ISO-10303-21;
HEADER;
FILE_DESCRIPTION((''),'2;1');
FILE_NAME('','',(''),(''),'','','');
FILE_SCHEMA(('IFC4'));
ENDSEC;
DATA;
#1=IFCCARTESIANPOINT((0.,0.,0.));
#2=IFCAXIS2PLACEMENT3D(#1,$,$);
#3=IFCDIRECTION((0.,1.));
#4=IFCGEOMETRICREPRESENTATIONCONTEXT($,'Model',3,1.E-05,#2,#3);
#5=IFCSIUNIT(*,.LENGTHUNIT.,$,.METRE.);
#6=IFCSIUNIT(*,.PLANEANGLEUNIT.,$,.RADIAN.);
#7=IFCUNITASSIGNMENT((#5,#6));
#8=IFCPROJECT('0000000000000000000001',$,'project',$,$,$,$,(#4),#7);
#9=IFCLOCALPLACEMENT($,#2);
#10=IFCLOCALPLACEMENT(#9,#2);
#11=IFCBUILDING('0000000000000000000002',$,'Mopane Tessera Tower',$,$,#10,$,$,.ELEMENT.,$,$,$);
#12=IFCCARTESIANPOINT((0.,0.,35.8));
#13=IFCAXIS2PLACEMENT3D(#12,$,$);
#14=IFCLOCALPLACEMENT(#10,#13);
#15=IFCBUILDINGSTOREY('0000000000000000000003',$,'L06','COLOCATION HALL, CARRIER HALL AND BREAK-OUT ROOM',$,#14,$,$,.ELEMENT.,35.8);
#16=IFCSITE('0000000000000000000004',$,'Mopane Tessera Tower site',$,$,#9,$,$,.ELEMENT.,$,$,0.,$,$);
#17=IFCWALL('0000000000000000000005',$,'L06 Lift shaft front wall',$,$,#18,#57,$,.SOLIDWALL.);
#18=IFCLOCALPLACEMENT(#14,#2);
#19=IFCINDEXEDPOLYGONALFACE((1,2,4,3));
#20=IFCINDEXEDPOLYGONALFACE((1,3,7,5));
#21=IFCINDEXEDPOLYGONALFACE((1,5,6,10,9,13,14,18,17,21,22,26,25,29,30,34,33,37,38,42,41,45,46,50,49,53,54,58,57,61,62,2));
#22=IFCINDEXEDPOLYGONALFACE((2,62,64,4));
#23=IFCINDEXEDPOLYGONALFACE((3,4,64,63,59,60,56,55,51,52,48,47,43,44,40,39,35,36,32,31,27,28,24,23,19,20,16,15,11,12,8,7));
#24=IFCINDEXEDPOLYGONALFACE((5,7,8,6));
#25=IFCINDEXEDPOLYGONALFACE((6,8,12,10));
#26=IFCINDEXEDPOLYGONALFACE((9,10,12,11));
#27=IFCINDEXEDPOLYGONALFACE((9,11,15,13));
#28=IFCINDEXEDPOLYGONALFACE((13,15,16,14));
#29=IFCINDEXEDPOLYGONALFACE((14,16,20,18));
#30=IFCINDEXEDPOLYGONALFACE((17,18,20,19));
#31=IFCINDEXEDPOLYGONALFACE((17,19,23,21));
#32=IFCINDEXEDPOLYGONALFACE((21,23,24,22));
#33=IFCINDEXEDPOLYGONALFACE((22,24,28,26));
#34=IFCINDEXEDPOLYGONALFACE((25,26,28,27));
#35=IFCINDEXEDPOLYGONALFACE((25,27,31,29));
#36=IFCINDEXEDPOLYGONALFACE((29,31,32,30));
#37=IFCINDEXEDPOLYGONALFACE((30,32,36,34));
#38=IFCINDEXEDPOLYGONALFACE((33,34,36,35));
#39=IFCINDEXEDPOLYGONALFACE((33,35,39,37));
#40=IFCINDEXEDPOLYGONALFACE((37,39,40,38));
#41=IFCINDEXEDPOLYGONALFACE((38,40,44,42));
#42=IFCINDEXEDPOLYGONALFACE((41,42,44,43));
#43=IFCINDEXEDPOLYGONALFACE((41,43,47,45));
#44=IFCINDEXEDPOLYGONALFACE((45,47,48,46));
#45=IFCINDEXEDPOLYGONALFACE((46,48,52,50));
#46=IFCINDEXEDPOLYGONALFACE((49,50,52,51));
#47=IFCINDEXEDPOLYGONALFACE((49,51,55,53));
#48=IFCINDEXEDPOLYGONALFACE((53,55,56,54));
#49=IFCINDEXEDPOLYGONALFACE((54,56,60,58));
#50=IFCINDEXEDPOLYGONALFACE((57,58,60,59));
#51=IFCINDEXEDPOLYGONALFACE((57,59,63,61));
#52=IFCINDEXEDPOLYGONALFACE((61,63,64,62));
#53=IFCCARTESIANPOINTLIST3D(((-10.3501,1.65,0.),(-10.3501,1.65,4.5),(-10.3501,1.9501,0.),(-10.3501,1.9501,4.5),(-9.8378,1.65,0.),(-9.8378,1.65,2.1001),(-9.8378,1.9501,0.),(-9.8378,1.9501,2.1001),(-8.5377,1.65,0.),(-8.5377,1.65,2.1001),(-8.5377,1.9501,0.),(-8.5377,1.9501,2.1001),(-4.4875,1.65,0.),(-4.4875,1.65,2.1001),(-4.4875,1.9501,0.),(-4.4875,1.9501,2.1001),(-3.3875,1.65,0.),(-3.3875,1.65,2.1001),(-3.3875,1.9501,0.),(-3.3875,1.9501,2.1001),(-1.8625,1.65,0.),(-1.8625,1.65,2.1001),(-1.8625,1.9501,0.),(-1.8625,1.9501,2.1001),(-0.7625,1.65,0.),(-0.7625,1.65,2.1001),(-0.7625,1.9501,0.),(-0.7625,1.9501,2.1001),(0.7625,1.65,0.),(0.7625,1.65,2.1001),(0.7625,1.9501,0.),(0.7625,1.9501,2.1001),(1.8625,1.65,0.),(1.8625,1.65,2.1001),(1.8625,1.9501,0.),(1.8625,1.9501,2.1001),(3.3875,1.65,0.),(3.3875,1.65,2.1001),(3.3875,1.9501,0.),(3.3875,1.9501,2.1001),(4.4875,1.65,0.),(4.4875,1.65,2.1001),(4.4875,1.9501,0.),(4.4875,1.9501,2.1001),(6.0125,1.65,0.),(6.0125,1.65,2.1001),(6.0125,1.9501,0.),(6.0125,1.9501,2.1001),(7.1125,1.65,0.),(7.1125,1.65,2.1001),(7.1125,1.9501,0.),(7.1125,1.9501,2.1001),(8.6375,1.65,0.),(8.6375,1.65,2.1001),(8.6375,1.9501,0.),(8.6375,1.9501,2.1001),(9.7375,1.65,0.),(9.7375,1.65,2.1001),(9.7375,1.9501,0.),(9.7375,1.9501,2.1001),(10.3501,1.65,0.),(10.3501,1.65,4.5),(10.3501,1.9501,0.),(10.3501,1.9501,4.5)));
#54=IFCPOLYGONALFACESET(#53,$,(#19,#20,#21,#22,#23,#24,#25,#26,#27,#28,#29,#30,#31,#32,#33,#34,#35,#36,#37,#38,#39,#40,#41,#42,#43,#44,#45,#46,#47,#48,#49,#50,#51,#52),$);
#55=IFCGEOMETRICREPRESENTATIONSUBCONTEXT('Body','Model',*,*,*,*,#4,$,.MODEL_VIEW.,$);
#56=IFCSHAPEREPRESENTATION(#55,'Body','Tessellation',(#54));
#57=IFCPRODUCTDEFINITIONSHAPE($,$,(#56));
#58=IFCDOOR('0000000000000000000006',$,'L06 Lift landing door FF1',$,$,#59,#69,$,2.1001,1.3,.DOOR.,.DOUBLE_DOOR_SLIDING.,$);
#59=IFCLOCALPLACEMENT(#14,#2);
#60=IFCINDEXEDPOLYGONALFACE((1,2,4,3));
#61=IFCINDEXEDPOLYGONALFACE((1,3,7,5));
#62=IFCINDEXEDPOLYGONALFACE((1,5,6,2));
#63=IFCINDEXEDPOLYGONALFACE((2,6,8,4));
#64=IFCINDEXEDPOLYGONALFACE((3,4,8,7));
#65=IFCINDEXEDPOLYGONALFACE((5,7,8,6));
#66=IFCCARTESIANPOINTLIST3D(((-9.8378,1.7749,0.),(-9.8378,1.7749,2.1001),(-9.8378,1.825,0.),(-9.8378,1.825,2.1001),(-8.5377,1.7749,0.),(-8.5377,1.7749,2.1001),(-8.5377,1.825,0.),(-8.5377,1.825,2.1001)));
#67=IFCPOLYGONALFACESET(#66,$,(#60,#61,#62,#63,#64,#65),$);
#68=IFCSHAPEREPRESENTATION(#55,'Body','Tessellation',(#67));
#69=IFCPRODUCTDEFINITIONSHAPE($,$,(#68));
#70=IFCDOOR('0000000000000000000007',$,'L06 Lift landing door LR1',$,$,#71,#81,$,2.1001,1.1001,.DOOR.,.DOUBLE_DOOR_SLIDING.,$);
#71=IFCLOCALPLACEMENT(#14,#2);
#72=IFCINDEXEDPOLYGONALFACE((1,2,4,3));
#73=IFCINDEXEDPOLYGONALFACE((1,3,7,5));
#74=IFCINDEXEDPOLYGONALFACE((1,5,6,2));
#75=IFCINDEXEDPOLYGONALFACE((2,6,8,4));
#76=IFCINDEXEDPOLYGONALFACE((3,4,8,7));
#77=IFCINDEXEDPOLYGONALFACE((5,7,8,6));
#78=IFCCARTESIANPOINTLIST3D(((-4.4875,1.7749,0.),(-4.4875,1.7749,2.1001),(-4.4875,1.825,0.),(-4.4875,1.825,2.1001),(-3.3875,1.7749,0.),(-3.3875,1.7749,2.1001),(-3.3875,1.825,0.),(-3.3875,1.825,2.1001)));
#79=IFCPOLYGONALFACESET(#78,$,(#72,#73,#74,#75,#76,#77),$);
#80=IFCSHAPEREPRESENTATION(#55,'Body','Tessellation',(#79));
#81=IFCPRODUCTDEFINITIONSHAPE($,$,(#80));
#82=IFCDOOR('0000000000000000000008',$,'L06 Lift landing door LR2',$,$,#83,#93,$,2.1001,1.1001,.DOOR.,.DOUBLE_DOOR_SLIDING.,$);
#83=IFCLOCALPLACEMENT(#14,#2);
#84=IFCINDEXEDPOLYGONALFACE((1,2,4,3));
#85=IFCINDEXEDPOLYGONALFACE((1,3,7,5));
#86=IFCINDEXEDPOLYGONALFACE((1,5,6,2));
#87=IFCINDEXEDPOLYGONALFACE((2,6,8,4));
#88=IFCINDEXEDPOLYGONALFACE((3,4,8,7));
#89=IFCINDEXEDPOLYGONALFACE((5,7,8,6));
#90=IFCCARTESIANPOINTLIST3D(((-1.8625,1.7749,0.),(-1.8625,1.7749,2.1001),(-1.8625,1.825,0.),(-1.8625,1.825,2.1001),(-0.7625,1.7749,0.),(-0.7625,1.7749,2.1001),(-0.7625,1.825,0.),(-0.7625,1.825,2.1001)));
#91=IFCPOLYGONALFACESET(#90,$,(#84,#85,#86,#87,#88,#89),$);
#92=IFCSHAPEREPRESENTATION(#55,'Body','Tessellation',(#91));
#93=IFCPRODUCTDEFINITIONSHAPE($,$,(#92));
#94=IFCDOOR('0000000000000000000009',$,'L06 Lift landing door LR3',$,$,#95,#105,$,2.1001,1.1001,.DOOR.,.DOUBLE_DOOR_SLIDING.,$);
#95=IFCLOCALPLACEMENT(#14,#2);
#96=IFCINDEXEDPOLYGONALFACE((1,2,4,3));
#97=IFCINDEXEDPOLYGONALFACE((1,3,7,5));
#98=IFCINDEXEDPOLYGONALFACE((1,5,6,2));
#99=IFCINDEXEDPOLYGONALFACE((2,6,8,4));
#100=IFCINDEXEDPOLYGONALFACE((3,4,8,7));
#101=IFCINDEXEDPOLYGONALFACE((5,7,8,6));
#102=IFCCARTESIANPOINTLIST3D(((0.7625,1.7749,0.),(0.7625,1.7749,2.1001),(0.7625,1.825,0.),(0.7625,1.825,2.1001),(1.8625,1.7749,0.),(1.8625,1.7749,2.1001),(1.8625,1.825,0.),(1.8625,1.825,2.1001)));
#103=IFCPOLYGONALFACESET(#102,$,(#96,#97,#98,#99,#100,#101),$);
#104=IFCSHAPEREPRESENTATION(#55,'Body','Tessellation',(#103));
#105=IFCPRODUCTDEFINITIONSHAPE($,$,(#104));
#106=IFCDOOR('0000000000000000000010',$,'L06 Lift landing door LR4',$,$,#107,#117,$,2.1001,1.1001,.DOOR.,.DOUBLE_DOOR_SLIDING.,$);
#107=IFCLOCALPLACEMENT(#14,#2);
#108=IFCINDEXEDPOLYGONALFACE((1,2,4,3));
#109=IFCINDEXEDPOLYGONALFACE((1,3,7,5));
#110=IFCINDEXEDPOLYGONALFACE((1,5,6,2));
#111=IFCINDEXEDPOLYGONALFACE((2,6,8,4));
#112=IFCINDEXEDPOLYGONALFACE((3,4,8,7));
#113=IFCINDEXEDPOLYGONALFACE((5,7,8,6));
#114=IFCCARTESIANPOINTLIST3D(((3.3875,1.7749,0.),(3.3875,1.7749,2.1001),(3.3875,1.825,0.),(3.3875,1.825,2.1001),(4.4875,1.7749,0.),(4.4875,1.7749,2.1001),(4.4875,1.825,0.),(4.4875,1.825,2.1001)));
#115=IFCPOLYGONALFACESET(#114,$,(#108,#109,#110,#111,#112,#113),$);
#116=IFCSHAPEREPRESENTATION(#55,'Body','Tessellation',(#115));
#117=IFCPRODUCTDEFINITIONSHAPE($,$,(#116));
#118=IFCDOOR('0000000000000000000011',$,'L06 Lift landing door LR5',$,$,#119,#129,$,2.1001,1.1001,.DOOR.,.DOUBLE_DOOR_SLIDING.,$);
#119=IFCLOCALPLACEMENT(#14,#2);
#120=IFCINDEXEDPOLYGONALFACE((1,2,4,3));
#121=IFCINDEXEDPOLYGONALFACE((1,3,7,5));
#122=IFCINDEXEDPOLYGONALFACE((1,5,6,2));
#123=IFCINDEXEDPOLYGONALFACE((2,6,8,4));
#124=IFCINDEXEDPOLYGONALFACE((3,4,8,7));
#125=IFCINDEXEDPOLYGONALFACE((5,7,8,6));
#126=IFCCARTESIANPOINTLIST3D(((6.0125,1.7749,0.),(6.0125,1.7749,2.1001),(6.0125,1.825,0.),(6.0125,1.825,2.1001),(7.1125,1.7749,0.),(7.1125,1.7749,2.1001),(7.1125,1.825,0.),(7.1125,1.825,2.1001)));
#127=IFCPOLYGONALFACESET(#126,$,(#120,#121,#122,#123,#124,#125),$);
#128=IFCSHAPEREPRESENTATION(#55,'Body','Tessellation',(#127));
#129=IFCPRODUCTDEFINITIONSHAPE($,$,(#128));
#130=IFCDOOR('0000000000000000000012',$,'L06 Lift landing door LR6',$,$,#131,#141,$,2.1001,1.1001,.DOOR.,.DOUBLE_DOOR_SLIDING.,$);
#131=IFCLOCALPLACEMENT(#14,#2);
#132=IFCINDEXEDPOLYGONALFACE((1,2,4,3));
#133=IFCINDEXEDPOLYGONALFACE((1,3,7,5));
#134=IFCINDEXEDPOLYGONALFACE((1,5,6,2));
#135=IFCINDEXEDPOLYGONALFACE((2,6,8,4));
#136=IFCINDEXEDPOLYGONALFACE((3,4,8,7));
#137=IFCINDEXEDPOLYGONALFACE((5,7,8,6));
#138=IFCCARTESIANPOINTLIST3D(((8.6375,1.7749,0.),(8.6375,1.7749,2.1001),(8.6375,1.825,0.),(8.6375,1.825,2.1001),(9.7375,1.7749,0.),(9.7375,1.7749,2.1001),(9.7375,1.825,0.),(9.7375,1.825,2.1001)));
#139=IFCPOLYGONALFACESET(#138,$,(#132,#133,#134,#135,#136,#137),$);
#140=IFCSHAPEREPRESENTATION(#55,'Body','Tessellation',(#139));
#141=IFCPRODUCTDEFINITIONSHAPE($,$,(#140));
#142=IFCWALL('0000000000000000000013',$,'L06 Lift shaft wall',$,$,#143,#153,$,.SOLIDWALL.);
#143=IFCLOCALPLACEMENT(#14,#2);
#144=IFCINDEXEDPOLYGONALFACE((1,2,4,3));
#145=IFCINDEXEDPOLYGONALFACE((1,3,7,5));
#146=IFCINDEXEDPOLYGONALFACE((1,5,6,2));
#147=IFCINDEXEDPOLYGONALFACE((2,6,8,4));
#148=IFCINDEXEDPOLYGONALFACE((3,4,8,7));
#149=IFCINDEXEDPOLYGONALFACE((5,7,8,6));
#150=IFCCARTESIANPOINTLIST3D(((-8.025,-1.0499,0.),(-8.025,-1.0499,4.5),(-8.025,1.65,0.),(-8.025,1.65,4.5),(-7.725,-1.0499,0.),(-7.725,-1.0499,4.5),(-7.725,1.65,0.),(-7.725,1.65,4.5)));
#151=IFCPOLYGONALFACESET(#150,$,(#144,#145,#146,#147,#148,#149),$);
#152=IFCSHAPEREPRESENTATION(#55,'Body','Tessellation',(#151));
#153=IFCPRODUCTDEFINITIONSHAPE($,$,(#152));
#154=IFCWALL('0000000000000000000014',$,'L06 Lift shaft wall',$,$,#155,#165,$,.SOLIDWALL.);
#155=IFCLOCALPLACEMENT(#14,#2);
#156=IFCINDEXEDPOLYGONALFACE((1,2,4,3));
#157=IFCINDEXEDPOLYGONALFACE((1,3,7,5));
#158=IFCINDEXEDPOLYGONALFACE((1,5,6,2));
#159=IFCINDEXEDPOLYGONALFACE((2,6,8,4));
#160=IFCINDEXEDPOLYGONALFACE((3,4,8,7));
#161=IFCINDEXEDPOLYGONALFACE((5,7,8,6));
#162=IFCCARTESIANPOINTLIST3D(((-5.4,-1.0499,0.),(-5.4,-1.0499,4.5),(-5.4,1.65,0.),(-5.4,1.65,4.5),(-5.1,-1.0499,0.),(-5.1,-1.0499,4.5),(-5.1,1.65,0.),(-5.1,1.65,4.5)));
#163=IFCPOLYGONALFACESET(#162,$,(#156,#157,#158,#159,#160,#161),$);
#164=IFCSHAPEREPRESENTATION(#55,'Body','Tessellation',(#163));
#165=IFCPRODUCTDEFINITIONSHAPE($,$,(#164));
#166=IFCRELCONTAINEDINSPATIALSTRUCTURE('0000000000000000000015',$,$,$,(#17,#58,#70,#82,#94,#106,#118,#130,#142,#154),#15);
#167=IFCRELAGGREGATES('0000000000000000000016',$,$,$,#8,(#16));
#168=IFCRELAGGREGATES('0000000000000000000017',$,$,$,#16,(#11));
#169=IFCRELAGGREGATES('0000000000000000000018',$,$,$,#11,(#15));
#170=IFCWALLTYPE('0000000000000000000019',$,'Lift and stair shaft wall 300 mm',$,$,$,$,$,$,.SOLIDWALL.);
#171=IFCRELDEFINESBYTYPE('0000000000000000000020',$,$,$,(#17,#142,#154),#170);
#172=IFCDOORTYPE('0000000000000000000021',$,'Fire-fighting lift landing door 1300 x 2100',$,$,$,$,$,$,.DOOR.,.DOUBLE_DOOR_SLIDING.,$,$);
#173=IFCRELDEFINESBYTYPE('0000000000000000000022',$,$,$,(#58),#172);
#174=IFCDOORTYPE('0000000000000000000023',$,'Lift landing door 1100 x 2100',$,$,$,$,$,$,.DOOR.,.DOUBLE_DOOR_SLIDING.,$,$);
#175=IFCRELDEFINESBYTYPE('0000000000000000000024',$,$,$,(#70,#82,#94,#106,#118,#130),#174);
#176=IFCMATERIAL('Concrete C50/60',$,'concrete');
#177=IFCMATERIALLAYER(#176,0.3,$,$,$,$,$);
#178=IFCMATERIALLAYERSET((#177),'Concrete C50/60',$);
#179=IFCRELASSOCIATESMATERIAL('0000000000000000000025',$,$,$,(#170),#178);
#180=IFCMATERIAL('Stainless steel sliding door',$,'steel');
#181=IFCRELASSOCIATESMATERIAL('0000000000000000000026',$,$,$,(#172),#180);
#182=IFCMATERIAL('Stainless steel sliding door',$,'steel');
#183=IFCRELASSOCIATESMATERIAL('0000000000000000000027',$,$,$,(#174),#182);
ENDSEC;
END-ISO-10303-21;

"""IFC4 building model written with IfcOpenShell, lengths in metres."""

from ifc_helpers import new_model, si_unit, direction, frame, frame_2d, origin, place, context, subcontext, project, spatial, rectangle, extrude, material, layer, layer_set, type_object, element, fill, save


model = new_model("IFC4")

# Units and contexts
model_context = context("Model", 3, precision=1e-05, world=origin(), true_north=direction((0.0, 1.0)))
body_context = subcontext(model_context, "Body", "Model", "MODEL_VIEW")
ifc_project = project(units=[si_unit("LENGTHUNIT", "METRE"), si_unit("PLANEANGLEUNIT", "RADIAN")], contexts=[model_context])

# Site, building, storey
site_placement = place(None, origin())
site = spatial("IfcSite", under=ifc_project, at=site_placement, Name="Mopane Tessera Tower site", CompositionType="ELEMENT", RefElevation=0.0)
building_placement = place(site_placement, origin())
building = spatial("IfcBuilding", under=site, at=building_placement, Name="Mopane Tessera Tower", CompositionType="ELEMENT")
storey_placement = place(building_placement, frame((0.0, 0.0, 35.8)))
storey = spatial("IfcBuildingStorey", under=building, at=storey_placement, Name="L06", Description="COLOCATION HALL, CARRIER HALL AND BREAK-OUT ROOM", CompositionType="ELEMENT", Elevation=35.8)

# Shared definitions
ifc_material_1 = material(Name="Concrete C50/60", Category="concrete")
ifc_layer_1 = layer(ifc_material_1, 0.3)
ifc_layer_set_1 = layer_set([ifc_layer_1], Name="Concrete C50/60")
wall_type_1 = type_object("IfcWallType", Name="Lift and stair shaft wall 300 mm", PredefinedType="SOLIDWALL", material=ifc_layer_set_1)

# Wall, openings, doors
wall_1_placement = place(storey_placement, frame((-10.3501, 1.8, 0.0), z_axis=(0.0, 0.0, 1.0), x_axis=(1.0, 0.0, 0.0)))
wall_1 = element("IfcWall", 1, at=wall_1_placement, inside=storey, type_object=wall_type_1, Name="L06 Lift shaft front wall", PredefinedType="SOLIDWALL", context=body_context, shape_type="SweptSolid", body=[
    extrude(rectangle(XDim=20.7002, YDim=0.3, at=frame_2d((10.3501, 0.0))), origin(), (0.0, 0.0, 1.0), 4.5),
])
opening_1_placement = place(wall_1_placement, frame((0.5125, 0.0, 0.0)))
opening_1 = element("IfcOpeningElement", 2, at=opening_1_placement, cuts=wall_1, PredefinedType="OPENING", context=body_context, shape_type="SweptSolid", body=[
    extrude(rectangle(XDim=1.3, YDim=2.1001, at=frame_2d((0.6499, 1.05))), frame((0.0, 0.1621, 0.0), z_axis=(0.0, -1.0, 0.0), x_axis=(1.0, 0.0, 0.0)), (0.0, 0.0, 1.0), 0.324),
])
opening_2_placement = place(wall_1_placement, frame((5.8625, 0.0, 0.0)))
opening_2 = element("IfcOpeningElement", 3, at=opening_2_placement, cuts=wall_1, PredefinedType="OPENING", context=body_context, shape_type="SweptSolid", body=[
    extrude(rectangle(XDim=1.1001, YDim=2.1001, at=frame_2d((0.55, 1.05))), frame((0.0, 0.1621, 0.0), z_axis=(0.0, -1.0, 0.0), x_axis=(1.0, 0.0, 0.0)), (0.0, 0.0, 1.0), 0.324),
])
opening_3_placement = place(wall_1_placement, frame((8.4875, 0.0, 0.0)))
opening_3 = element("IfcOpeningElement", 4, at=opening_3_placement, cuts=wall_1, PredefinedType="OPENING", context=body_context, shape_type="SweptSolid", body=[
    extrude(rectangle(XDim=1.1001, YDim=2.1001, at=frame_2d((0.55, 1.05))), frame((0.0, 0.1621, 0.0), z_axis=(0.0, -1.0, 0.0), x_axis=(1.0, 0.0, 0.0)), (0.0, 0.0, 1.0), 0.324),
])
opening_4_placement = place(wall_1_placement, frame((11.1125, 0.0, 0.0)))
opening_4 = element("IfcOpeningElement", 5, at=opening_4_placement, cuts=wall_1, PredefinedType="OPENING", context=body_context, shape_type="SweptSolid", body=[
    extrude(rectangle(XDim=1.1001, YDim=2.1001, at=frame_2d((0.55, 1.05))), frame((0.0, 0.1621, 0.0), z_axis=(0.0, -1.0, 0.0), x_axis=(1.0, 0.0, 0.0)), (0.0, 0.0, 1.0), 0.324),
])
opening_5_placement = place(wall_1_placement, frame((13.7375, 0.0, 0.0)))
opening_5 = element("IfcOpeningElement", 6, at=opening_5_placement, cuts=wall_1, PredefinedType="OPENING", context=body_context, shape_type="SweptSolid", body=[
    extrude(rectangle(XDim=1.1001, YDim=2.1001, at=frame_2d((0.55, 1.05))), frame((0.0, 0.1621, 0.0), z_axis=(0.0, -1.0, 0.0), x_axis=(1.0, 0.0, 0.0)), (0.0, 0.0, 1.0), 0.324),
])
opening_6_placement = place(wall_1_placement, frame((16.3625, 0.0, 0.0)))
opening_6 = element("IfcOpeningElement", 7, at=opening_6_placement, cuts=wall_1, PredefinedType="OPENING", context=body_context, shape_type="SweptSolid", body=[
    extrude(rectangle(XDim=1.1001, YDim=2.1001, at=frame_2d((0.55, 1.05))), frame((0.0, 0.1621, 0.0), z_axis=(0.0, -1.0, 0.0), x_axis=(1.0, 0.0, 0.0)), (0.0, 0.0, 1.0), 0.324),
])
opening_7_placement = place(wall_1_placement, frame((18.9875, 0.0, 0.0)))
opening_7 = element("IfcOpeningElement", 8, at=opening_7_placement, cuts=wall_1, PredefinedType="OPENING", context=body_context, shape_type="SweptSolid", body=[
    extrude(rectangle(XDim=1.1001, YDim=2.1001, at=frame_2d((0.55, 1.05))), frame((0.0, 0.1621, 0.0), z_axis=(0.0, -1.0, 0.0), x_axis=(1.0, 0.0, 0.0)), (0.0, 0.0, 1.0), 0.324),
])
ifc_material_2 = material(Name="Stainless steel sliding door", Category="steel")
door_type_1 = type_object("IfcDoorType", Name="Fire-fighting lift landing door 1300 x 2100", OperationType="DOUBLE_DOOR_SLIDING", PredefinedType="DOOR", material=ifc_material_2)
door_1_placement = place(opening_1_placement, origin())
door_1 = element("IfcDoor", 9, at=door_1_placement, inside=storey, type_object=door_type_1, Name="L06 Lift landing door FF1", OperationType="DOUBLE_DOOR_SLIDING", OverallHeight=2.1001, OverallWidth=1.3, PredefinedType="DOOR", context=body_context, shape_type="SweptSolid", body=[
    extrude(rectangle(XDim=1.3, YDim=2.1001, at=frame_2d((0.6499, 1.05))), frame((0.0, 0.0249, 0.0), z_axis=(0.0, -1.0, 0.0), x_axis=(1.0, 0.0, 0.0)), (0.0, 0.0, 1.0), 0.05),
])
fill(opening_1, door_1)
ifc_material_3 = material(Name="Stainless steel sliding door", Category="steel")
door_type_2 = type_object("IfcDoorType", Name="Lift landing door 1100 x 2100", OperationType="DOUBLE_DOOR_SLIDING", PredefinedType="DOOR", material=ifc_material_3)
door_2_placement = place(opening_2_placement, origin())
door_2 = element("IfcDoor", 10, at=door_2_placement, inside=storey, type_object=door_type_2, Name="L06 Lift landing door LR1", OperationType="DOUBLE_DOOR_SLIDING", OverallHeight=2.1001, OverallWidth=1.1001, PredefinedType="DOOR", context=body_context, shape_type="SweptSolid", body=[
    extrude(rectangle(XDim=1.1001, YDim=2.1001, at=frame_2d((0.55, 1.05))), frame((0.0, 0.0249, 0.0), z_axis=(0.0, -1.0, 0.0), x_axis=(1.0, 0.0, 0.0)), (0.0, 0.0, 1.0), 0.05),
])
fill(opening_2, door_2)
door_3_placement = place(opening_3_placement, origin())
door_3 = element("IfcDoor", 11, at=door_3_placement, inside=storey, type_object=door_type_2, Name="L06 Lift landing door LR2", OperationType="DOUBLE_DOOR_SLIDING", OverallHeight=2.1001, OverallWidth=1.1001, PredefinedType="DOOR", context=body_context, shape_type="SweptSolid", body=[
    extrude(rectangle(XDim=1.1001, YDim=2.1001, at=frame_2d((0.55, 1.05))), frame((0.0, 0.0249, 0.0), z_axis=(0.0, -1.0, 0.0), x_axis=(1.0, 0.0, 0.0)), (0.0, 0.0, 1.0), 0.05),
])
fill(opening_3, door_3)
door_4_placement = place(opening_4_placement, origin())
door_4 = element("IfcDoor", 12, at=door_4_placement, inside=storey, type_object=door_type_2, Name="L06 Lift landing door LR3", OperationType="DOUBLE_DOOR_SLIDING", OverallHeight=2.1001, OverallWidth=1.1001, PredefinedType="DOOR", context=body_context, shape_type="SweptSolid", body=[
    extrude(rectangle(XDim=1.1001, YDim=2.1001, at=frame_2d((0.55, 1.05))), frame((0.0, 0.0249, 0.0), z_axis=(0.0, -1.0, 0.0), x_axis=(1.0, 0.0, 0.0)), (0.0, 0.0, 1.0), 0.05),
])
fill(opening_4, door_4)
door_5_placement = place(opening_5_placement, origin())
door_5 = element("IfcDoor", 13, at=door_5_placement, inside=storey, type_object=door_type_2, Name="L06 Lift landing door LR4", OperationType="DOUBLE_DOOR_SLIDING", OverallHeight=2.1001, OverallWidth=1.1001, PredefinedType="DOOR", context=body_context, shape_type="SweptSolid", body=[
    extrude(rectangle(XDim=1.1001, YDim=2.1001, at=frame_2d((0.55, 1.05))), frame((0.0, 0.0249, 0.0), z_axis=(0.0, -1.0, 0.0), x_axis=(1.0, 0.0, 0.0)), (0.0, 0.0, 1.0), 0.05),
])
fill(opening_5, door_5)
door_6_placement = place(opening_6_placement, origin())
door_6 = element("IfcDoor", 14, at=door_6_placement, inside=storey, type_object=door_type_2, Name="L06 Lift landing door LR5", OperationType="DOUBLE_DOOR_SLIDING", OverallHeight=2.1001, OverallWidth=1.1001, PredefinedType="DOOR", context=body_context, shape_type="SweptSolid", body=[
    extrude(rectangle(XDim=1.1001, YDim=2.1001, at=frame_2d((0.55, 1.05))), frame((0.0, 0.0249, 0.0), z_axis=(0.0, -1.0, 0.0), x_axis=(1.0, 0.0, 0.0)), (0.0, 0.0, 1.0), 0.05),
])
fill(opening_6, door_6)
door_7_placement = place(opening_7_placement, origin())
door_7 = element("IfcDoor", 15, at=door_7_placement, inside=storey, type_object=door_type_2, Name="L06 Lift landing door LR6", OperationType="DOUBLE_DOOR_SLIDING", OverallHeight=2.1001, OverallWidth=1.1001, PredefinedType="DOOR", context=body_context, shape_type="SweptSolid", body=[
    extrude(rectangle(XDim=1.1001, YDim=2.1001, at=frame_2d((0.55, 1.05))), frame((0.0, 0.0249, 0.0), z_axis=(0.0, -1.0, 0.0), x_axis=(1.0, 0.0, 0.0)), (0.0, 0.0, 1.0), 0.05),
])
fill(opening_7, door_7)

# Walls
for number, where, z_axis, x_axis, name in (
    (16, (-7.875, -1.05, 0.0), (0.0, 0.0, 1.0), (0.0, 1.0, 0.0), "L06 Lift shaft wall"),
    (17, (-5.25, -1.05, 0.0), (0.0, 0.0, 1.0), (0.0, 1.0, 0.0), "L06 Lift shaft wall"),
):
    element("IfcWall", number, at=place(storey_placement, frame(where, z_axis=z_axis, x_axis=x_axis)), inside=storey, type_object=wall_type_1, Name=name, PredefinedType="SOLIDWALL", context=body_context, shape_type="SweptSolid", body=[
        extrude(rectangle(XDim=2.7, YDim=0.3, at=frame_2d((1.3501, 0.0))), origin(), (0.0, 0.0, 1.0), 4.5),
    ])

save(model, "model.ifc")
